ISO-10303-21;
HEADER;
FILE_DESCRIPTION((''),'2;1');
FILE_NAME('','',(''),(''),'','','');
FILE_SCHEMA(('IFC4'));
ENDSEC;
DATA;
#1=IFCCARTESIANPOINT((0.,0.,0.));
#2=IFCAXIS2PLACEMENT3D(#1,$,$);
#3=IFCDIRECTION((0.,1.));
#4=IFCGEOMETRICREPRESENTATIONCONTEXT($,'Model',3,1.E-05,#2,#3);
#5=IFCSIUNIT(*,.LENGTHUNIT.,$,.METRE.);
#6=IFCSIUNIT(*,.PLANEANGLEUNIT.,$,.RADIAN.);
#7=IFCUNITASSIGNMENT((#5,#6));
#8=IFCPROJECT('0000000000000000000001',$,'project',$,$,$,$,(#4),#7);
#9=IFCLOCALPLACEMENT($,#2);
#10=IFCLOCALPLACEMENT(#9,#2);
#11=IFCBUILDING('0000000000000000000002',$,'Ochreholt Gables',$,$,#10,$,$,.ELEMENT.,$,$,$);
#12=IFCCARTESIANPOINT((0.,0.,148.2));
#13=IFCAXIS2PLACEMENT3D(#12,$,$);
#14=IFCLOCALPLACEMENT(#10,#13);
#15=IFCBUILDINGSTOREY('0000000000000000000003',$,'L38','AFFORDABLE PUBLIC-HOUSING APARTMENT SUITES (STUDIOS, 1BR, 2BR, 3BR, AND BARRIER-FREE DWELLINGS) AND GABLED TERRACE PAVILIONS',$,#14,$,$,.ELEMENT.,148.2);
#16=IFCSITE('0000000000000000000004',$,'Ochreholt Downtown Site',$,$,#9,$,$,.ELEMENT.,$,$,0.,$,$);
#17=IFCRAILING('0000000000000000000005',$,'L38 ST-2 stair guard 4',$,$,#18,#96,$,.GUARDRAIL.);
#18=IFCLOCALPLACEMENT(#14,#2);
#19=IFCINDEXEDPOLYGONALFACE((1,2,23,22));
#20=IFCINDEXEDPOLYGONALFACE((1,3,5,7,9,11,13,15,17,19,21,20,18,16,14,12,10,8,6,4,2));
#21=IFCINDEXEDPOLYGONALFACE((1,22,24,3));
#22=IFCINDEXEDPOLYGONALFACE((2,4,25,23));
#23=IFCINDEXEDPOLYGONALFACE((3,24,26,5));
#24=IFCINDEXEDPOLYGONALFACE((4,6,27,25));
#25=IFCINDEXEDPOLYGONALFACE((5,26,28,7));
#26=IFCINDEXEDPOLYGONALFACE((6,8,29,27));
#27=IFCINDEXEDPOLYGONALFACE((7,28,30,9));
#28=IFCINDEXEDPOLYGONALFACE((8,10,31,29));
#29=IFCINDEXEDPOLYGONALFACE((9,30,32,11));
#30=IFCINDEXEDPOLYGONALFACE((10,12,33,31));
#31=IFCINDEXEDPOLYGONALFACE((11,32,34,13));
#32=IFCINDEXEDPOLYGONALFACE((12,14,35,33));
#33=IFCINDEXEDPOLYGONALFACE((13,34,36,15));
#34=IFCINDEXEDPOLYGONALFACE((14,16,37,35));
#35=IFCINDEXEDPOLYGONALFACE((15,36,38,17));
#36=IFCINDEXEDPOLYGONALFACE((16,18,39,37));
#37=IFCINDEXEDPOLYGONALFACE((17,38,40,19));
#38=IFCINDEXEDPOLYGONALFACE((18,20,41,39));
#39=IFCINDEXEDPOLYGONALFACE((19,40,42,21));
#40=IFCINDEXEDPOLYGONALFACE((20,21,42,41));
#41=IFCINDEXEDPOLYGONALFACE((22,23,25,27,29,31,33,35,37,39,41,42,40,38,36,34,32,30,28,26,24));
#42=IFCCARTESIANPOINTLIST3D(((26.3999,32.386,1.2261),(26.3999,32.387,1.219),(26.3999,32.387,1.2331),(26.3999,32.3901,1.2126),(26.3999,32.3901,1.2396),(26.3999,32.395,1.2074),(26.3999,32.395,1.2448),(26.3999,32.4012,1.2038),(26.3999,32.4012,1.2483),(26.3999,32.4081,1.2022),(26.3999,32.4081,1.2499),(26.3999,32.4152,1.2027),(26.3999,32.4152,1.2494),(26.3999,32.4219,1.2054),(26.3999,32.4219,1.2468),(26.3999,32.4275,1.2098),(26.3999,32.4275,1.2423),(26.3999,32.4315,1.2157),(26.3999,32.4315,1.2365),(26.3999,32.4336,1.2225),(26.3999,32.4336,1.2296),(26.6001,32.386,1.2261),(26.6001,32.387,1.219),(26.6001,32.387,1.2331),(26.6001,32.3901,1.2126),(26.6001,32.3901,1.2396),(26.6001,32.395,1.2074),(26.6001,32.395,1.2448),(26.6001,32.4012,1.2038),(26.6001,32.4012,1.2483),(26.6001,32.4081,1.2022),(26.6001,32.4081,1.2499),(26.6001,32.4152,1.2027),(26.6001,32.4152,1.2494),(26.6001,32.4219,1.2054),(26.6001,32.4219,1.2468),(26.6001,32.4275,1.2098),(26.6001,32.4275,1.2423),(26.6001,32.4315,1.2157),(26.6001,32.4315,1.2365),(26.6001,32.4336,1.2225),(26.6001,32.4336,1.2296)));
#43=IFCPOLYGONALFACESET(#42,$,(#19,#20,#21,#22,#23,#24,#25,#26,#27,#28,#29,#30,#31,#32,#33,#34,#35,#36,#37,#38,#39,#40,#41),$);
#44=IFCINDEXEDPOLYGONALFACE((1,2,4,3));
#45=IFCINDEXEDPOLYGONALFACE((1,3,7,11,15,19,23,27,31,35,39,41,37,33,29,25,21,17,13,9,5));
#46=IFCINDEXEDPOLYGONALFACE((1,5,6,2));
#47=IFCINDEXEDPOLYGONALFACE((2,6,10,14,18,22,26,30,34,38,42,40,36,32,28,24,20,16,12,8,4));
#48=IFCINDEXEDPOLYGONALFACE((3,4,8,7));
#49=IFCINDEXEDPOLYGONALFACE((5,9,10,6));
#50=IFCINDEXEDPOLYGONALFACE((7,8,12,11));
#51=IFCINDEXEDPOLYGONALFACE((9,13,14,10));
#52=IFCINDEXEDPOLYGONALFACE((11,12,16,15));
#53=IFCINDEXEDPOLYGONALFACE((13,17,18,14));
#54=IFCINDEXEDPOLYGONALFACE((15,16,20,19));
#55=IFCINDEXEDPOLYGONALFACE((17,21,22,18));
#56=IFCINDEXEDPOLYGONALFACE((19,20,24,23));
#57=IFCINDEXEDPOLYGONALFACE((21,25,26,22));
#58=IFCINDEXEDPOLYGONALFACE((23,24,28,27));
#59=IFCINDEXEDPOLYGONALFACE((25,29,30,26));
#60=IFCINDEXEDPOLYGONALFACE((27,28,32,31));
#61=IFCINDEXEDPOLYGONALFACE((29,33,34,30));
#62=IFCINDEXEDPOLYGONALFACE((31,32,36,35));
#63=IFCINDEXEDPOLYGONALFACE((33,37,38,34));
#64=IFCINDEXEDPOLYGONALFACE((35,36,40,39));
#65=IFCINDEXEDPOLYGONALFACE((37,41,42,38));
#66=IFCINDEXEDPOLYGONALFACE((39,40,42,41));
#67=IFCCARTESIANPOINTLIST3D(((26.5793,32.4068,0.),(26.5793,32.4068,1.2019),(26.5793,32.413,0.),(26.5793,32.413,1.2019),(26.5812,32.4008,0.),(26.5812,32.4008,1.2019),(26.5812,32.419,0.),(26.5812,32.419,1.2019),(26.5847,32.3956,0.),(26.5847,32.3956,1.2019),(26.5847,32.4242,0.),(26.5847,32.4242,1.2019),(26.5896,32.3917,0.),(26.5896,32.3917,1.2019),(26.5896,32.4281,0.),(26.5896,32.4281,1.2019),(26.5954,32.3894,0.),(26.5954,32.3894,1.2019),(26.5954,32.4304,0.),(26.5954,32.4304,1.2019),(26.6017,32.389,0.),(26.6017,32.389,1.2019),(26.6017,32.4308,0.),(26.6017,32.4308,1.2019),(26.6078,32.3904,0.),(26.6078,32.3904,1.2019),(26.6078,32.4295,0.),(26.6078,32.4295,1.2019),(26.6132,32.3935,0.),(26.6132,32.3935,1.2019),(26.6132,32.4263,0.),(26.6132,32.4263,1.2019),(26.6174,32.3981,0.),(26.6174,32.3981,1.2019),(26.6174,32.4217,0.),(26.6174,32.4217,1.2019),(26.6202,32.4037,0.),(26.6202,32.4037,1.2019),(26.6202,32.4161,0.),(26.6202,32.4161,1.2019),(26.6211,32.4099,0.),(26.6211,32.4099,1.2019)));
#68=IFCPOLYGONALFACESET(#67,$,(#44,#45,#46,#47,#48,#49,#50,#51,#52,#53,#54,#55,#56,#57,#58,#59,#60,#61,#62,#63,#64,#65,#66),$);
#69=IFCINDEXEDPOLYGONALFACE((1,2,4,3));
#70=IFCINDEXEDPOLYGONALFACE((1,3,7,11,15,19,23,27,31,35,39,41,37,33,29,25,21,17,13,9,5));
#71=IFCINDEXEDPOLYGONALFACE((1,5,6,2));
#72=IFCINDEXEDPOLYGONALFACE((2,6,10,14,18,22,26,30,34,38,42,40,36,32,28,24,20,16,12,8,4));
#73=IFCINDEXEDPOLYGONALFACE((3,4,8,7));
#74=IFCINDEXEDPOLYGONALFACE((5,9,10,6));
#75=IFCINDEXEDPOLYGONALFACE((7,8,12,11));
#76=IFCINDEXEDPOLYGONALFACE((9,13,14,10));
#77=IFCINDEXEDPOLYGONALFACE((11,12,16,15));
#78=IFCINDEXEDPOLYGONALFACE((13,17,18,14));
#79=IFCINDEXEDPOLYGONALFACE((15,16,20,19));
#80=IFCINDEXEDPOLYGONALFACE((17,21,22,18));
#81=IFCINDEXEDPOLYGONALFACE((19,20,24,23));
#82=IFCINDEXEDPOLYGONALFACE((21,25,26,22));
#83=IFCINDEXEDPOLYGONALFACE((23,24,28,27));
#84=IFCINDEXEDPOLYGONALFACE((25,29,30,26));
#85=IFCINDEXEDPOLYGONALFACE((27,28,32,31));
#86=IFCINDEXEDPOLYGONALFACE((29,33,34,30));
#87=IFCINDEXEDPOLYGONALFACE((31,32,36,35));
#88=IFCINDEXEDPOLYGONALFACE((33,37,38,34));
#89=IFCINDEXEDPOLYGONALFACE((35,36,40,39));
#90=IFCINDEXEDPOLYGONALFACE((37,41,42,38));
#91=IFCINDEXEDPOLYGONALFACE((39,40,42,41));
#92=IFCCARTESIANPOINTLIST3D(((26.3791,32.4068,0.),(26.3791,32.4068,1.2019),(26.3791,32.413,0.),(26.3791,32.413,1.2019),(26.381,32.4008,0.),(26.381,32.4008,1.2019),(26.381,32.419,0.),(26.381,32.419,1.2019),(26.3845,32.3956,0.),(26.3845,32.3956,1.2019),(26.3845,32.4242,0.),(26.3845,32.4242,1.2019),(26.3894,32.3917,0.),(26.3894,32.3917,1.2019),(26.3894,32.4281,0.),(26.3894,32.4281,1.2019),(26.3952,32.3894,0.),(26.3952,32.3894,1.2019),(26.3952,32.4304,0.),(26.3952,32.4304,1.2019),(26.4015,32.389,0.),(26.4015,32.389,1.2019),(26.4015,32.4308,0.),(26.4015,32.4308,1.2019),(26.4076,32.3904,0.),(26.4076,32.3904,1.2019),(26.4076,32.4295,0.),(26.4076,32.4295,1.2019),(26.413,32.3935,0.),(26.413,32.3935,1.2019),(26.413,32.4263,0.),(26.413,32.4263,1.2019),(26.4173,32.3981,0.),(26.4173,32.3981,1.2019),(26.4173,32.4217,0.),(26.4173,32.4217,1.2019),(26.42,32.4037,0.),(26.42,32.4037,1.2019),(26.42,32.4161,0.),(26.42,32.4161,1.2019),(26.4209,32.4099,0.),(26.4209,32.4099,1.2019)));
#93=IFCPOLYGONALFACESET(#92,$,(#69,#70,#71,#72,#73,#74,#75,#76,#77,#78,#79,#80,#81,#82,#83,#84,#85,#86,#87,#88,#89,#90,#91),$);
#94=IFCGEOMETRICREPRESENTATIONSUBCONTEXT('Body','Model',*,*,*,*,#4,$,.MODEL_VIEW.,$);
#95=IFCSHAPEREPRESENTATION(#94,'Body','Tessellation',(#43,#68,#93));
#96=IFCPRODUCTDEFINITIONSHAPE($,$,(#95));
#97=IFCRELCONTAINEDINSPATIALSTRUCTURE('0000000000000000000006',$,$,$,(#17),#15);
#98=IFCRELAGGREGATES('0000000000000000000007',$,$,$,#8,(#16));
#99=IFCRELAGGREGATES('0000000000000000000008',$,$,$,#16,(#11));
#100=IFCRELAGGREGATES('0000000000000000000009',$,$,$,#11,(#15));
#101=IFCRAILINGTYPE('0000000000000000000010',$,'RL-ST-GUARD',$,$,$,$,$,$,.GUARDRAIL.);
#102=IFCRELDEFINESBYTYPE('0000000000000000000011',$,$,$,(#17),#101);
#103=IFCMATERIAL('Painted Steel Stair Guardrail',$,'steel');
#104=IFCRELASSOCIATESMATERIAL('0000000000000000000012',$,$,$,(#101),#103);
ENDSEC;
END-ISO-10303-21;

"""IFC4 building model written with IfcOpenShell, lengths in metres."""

from ifc_helpers import new_model, si_unit, direction, frame, origin, origin_2d, place, context, subcontext, project, spatial, circle, extrude, material, type_object, element, save


model = new_model("IFC4")

# Units and contexts
model_context = context("Model", 3, precision=1e-05, world=origin(), true_north=direction((0.0, 1.0)))
body_context = subcontext(model_context, "Body", "Model", "MODEL_VIEW")
ifc_project = project(units=[si_unit("LENGTHUNIT", "METRE"), si_unit("PLANEANGLEUNIT", "RADIAN")], contexts=[model_context])

# Site, building, storey
site_placement = place(None, origin())
site = spatial("IfcSite", under=ifc_project, at=site_placement, Name="Ochreholt Downtown Site", CompositionType="ELEMENT", RefElevation=0.0)
building_placement = place(site_placement, origin())
building = spatial("IfcBuilding", under=site, at=building_placement, Name="Ochreholt Gables", CompositionType="ELEMENT")
storey_placement = place(building_placement, frame((0.0, 0.0, 148.2)))
storey = spatial("IfcBuildingStorey", under=building, at=storey_placement, Name="L38", Description="AFFORDABLE PUBLIC-HOUSING APARTMENT SUITES (STUDIOS, 1BR, 2BR, 3BR, AND BARRIER-FREE DWELLINGS) AND GABLED TERRACE PAVILIONS", CompositionType="ELEMENT", Elevation=148.2)

# Railing
ifc_material_1 = material(Name="Painted Steel Stair Guardrail", Category="steel")
railing_type = type_object("IfcRailingType", Name="RL-ST-GUARD", PredefinedType="GUARDRAIL", material=ifc_material_1)
railing_1_placement = place(storey_placement, frame((26.6001, 32.4099, 0.0)))
element("IfcRailing", 1, at=railing_1_placement, inside=storey, type_object=railing_type, Name="L38 ST-2 stair guard 4", PredefinedType="GUARDRAIL", context=body_context, shape_type="SweptSolid", body=[
    extrude(circle(Radius=0.0239, at=origin_2d()), frame((0.0, 0.0, 1.2261), z_axis=(-1.0, 0.0, 0.0), x_axis=(0.0, -1.0, 0.0)), (0.0, 0.0, 1.0), 0.2002),
    extrude(circle(Radius=0.021, at=origin_2d()), origin(), (0.0, 0.0, 1.0), 1.2019),
    extrude(circle(Radius=0.021, at=origin_2d()), frame((-0.2002, 0.0, 0.0)), (0.0, 0.0, 1.0), 1.2019),
])

save(model, "model.ifc")
